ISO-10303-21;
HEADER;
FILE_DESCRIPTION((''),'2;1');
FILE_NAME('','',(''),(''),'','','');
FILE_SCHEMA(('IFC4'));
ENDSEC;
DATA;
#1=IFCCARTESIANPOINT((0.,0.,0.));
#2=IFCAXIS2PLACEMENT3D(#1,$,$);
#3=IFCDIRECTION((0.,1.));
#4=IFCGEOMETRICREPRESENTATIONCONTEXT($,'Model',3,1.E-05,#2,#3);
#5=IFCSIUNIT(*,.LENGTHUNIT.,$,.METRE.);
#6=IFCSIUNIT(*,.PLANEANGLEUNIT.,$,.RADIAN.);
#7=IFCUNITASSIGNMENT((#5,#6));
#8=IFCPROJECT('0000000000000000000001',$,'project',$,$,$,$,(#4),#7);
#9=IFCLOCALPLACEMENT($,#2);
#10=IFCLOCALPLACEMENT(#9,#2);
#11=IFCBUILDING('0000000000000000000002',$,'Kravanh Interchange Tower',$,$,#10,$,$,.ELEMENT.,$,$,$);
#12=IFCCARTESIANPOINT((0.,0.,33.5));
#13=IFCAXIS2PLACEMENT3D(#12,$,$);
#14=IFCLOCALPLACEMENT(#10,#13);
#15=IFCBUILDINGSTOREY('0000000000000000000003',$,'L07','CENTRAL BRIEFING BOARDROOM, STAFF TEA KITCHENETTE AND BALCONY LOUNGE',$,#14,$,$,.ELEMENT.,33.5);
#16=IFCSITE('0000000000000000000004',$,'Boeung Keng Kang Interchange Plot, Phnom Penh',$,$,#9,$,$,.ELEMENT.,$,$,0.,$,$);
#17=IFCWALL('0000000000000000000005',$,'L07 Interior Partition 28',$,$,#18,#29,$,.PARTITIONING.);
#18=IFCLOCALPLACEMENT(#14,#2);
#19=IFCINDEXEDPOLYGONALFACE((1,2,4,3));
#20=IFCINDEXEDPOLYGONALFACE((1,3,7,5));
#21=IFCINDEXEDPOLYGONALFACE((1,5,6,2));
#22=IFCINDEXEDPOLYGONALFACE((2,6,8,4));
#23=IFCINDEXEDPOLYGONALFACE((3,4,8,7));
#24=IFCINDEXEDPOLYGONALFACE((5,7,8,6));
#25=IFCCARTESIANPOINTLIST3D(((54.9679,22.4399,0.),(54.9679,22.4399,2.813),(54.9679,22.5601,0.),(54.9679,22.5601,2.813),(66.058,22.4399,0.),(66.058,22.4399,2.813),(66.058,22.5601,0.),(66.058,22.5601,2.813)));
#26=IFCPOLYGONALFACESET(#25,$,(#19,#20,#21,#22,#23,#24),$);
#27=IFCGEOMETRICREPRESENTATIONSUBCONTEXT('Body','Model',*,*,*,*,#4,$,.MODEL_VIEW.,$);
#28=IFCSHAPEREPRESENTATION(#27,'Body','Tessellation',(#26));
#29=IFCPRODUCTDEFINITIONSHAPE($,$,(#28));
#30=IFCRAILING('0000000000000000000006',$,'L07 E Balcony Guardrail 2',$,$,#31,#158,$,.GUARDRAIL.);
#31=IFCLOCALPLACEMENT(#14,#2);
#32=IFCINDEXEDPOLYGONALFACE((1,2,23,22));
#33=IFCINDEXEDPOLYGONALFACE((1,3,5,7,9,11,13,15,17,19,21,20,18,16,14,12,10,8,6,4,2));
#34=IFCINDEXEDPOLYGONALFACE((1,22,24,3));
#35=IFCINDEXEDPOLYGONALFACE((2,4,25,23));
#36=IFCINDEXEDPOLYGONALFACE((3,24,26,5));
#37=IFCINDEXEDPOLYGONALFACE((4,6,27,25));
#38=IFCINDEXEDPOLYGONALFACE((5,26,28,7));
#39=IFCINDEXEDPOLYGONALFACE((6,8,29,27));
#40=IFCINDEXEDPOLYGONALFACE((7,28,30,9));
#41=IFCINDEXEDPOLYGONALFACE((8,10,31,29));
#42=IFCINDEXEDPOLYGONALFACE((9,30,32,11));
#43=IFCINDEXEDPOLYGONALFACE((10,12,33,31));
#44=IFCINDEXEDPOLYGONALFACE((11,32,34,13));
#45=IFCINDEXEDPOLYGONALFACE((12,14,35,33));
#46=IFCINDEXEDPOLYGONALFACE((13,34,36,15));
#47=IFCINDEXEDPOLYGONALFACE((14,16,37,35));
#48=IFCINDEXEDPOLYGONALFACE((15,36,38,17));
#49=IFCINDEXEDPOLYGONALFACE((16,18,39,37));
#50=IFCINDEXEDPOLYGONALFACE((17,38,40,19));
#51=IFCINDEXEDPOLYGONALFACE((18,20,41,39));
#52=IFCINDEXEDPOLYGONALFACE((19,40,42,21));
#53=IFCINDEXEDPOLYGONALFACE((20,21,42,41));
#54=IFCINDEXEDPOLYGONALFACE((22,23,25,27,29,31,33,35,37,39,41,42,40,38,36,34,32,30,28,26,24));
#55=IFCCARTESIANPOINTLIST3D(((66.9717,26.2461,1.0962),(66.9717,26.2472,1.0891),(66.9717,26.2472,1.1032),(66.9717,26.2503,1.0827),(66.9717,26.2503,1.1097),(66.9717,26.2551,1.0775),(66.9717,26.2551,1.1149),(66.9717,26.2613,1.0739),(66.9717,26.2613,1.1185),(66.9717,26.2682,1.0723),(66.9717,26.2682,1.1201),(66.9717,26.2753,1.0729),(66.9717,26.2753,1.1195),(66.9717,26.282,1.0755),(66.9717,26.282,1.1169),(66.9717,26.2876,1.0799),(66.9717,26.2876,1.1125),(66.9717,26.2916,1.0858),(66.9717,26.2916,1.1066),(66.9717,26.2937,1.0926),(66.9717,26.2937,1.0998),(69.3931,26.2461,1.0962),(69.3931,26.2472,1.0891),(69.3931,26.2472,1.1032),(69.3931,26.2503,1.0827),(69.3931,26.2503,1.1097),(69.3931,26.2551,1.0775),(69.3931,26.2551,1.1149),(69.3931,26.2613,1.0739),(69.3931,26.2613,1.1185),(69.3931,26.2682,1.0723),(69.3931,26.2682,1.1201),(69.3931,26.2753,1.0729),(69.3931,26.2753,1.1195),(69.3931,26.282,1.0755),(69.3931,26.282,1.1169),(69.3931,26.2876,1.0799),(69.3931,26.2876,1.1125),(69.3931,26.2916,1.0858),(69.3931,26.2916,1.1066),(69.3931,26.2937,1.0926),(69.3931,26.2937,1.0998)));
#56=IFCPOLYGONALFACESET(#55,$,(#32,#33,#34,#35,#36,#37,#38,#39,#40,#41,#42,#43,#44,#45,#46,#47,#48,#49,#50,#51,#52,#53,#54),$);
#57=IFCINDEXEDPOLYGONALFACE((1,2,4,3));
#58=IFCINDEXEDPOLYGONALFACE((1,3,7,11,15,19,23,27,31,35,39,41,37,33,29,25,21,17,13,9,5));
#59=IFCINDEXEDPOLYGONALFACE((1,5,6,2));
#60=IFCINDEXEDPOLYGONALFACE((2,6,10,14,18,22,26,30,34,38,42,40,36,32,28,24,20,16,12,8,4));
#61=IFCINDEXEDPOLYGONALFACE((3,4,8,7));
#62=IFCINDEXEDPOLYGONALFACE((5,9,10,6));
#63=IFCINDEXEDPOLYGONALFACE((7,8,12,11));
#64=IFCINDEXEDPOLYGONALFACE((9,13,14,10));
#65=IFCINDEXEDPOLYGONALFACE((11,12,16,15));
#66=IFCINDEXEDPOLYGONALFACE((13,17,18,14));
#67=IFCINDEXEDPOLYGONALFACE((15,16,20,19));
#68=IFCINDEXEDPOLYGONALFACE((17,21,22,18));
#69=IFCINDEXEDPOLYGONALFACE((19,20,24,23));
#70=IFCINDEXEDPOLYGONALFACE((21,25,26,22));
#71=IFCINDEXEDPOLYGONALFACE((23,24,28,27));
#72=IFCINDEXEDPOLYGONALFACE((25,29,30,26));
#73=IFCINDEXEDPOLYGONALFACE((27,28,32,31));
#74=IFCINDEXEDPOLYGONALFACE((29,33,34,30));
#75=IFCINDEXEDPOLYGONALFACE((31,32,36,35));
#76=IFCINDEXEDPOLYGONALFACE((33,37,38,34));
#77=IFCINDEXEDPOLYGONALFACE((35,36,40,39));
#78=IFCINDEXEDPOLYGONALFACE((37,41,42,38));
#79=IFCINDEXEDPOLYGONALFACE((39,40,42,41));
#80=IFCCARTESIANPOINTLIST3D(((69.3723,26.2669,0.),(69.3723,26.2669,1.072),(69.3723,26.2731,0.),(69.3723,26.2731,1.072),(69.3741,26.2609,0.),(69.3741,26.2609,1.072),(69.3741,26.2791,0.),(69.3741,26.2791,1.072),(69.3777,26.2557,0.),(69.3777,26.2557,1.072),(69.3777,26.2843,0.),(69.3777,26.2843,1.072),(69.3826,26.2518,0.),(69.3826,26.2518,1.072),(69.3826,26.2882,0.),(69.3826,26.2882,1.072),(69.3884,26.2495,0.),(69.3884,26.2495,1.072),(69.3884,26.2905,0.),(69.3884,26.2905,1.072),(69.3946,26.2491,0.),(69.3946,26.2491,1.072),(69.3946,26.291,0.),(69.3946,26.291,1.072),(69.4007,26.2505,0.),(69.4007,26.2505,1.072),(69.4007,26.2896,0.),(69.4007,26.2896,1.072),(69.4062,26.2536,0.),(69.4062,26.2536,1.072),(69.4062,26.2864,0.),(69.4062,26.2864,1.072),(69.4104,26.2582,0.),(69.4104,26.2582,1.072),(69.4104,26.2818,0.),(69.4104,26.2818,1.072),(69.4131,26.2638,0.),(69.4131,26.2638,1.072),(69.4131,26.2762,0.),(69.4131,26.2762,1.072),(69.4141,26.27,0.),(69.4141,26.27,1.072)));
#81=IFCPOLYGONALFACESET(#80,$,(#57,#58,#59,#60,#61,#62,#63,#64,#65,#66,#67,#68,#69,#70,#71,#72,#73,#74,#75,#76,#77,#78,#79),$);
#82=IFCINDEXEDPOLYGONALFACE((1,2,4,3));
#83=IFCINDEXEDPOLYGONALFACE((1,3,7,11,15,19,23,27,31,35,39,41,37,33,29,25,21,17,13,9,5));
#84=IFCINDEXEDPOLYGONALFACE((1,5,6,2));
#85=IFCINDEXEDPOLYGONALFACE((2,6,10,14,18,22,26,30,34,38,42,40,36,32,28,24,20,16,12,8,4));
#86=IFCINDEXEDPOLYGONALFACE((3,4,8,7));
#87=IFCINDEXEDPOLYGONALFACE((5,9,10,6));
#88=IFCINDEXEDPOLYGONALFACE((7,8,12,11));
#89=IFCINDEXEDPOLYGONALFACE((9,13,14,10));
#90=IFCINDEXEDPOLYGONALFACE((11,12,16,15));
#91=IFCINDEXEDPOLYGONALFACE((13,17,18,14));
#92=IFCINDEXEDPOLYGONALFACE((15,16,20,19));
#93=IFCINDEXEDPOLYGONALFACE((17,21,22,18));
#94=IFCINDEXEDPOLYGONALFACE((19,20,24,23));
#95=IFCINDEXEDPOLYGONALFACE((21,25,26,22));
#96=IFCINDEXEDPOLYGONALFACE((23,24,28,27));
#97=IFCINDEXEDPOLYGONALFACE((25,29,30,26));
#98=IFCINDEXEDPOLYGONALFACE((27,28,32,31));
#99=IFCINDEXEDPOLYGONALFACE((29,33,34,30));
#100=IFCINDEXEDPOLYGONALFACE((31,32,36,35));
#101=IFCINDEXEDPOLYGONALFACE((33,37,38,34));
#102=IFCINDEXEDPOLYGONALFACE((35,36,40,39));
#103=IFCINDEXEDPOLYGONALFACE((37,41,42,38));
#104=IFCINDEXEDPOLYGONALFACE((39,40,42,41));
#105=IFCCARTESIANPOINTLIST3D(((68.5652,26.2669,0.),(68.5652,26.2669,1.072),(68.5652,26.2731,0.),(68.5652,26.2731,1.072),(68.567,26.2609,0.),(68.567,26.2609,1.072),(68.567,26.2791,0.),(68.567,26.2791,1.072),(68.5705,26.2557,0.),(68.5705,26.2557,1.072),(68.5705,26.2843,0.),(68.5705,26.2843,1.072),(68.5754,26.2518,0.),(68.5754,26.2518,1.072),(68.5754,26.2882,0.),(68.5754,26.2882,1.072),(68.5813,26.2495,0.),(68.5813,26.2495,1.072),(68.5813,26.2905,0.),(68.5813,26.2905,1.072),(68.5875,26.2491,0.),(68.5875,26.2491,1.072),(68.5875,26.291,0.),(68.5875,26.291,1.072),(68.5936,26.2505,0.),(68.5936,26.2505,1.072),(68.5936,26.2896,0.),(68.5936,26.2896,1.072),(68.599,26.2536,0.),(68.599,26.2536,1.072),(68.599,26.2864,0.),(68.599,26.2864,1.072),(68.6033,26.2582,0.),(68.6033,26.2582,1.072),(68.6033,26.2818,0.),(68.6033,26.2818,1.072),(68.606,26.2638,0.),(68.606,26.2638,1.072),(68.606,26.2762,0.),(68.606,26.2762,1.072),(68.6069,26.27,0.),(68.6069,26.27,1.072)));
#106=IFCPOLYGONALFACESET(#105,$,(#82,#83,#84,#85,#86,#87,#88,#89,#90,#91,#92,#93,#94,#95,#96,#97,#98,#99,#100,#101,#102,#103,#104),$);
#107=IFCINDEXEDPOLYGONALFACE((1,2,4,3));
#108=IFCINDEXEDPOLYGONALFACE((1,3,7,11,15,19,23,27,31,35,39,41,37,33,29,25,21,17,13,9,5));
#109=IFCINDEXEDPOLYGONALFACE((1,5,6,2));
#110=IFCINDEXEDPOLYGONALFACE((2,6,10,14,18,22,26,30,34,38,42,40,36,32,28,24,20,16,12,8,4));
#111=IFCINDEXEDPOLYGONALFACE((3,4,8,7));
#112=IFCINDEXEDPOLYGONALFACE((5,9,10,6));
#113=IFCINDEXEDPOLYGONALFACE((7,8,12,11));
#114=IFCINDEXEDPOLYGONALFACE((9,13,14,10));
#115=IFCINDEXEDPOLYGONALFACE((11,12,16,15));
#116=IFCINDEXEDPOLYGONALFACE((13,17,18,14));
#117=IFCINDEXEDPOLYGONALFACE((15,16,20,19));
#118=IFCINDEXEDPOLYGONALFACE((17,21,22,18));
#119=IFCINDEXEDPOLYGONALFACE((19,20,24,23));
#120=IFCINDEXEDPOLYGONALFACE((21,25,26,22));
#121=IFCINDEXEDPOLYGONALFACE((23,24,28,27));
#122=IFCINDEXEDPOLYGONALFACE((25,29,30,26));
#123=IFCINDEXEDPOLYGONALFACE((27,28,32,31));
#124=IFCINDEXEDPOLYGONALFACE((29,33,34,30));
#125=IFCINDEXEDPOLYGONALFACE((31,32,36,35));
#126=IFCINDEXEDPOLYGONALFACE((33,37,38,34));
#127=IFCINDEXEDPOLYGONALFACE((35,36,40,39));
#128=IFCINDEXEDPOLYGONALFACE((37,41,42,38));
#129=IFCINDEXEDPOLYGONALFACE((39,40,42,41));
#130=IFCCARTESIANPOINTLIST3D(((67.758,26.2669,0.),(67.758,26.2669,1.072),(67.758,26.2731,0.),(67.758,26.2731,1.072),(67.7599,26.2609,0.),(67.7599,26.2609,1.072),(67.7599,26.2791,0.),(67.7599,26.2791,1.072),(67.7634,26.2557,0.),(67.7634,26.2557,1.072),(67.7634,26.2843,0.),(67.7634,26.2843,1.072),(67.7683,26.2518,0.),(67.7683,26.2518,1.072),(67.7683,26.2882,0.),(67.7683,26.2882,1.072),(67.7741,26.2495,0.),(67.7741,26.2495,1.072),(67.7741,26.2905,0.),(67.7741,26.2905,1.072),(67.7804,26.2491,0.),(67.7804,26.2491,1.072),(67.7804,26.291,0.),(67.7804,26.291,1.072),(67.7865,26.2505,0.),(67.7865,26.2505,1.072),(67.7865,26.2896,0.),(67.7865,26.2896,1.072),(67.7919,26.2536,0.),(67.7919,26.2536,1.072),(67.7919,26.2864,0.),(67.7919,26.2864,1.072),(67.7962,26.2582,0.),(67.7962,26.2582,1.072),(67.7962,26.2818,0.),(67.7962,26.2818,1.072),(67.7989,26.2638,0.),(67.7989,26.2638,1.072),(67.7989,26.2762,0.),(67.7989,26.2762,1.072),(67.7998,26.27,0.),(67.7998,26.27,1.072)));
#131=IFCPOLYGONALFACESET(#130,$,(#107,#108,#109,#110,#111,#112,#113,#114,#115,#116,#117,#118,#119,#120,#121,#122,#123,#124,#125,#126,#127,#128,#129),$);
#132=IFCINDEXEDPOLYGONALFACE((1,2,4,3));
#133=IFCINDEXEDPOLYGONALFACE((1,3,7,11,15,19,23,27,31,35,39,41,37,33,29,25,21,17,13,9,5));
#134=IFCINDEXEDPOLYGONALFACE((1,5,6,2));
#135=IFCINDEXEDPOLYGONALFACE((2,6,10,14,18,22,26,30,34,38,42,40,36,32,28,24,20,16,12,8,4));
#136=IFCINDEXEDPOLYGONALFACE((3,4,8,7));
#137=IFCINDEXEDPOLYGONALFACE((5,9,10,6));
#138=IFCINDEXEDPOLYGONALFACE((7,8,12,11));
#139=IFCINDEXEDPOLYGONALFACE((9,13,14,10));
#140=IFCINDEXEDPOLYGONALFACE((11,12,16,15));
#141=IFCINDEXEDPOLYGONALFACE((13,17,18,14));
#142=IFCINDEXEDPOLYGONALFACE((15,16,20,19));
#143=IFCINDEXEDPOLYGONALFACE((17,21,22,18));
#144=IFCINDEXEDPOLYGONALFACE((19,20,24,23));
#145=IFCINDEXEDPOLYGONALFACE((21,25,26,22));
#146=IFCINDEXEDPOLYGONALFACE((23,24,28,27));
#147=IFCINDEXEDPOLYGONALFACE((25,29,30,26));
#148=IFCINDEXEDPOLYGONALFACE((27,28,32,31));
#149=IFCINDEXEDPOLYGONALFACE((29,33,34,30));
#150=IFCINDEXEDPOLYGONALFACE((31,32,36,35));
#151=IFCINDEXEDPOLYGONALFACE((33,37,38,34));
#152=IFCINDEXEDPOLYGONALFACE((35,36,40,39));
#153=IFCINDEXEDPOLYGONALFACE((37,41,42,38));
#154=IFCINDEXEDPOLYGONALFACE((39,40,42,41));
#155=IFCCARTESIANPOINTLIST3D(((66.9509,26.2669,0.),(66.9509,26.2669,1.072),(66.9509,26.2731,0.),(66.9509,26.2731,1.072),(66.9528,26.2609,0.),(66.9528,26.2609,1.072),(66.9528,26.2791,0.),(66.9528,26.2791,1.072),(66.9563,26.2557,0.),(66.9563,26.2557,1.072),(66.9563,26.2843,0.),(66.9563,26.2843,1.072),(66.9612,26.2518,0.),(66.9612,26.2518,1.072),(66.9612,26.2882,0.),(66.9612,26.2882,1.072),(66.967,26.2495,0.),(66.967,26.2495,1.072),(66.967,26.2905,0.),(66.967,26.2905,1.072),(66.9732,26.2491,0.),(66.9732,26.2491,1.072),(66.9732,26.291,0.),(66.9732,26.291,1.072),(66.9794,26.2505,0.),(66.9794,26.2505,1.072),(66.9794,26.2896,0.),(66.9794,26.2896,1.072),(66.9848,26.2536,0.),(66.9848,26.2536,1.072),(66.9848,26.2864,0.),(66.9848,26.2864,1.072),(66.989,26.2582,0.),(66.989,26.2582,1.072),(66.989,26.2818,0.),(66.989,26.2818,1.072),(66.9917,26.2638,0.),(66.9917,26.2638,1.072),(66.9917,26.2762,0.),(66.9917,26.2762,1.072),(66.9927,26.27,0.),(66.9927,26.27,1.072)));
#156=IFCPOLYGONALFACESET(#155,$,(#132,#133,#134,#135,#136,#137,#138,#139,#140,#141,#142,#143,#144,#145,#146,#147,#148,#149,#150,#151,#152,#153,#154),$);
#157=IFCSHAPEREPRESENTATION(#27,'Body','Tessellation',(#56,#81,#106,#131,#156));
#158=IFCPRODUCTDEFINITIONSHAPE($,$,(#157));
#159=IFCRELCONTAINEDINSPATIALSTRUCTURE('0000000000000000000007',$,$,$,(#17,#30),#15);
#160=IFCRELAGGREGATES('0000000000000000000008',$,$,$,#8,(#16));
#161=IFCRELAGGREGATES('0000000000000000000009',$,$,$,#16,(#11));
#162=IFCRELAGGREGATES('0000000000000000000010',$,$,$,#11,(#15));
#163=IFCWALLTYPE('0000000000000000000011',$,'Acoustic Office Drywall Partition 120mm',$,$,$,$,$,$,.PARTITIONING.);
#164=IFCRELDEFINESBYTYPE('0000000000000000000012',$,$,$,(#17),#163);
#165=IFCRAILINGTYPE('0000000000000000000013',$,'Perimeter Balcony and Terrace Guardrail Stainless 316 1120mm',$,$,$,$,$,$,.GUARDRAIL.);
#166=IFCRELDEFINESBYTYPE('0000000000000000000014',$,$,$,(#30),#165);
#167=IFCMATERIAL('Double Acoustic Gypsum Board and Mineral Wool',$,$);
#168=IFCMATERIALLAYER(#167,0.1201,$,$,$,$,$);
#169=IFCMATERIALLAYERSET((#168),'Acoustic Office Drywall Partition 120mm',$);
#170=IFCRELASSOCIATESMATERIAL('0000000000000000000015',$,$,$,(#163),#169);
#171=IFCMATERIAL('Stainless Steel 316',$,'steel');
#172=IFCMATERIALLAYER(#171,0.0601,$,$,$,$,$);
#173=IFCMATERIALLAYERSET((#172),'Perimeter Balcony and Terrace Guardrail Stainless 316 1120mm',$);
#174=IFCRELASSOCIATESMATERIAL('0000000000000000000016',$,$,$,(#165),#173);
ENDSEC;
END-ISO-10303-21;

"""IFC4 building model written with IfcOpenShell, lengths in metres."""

from ifc_helpers import new_model, si_unit, direction, frame, frame_2d, origin, origin_2d, place, context, subcontext, project, spatial, rectangle, circle, extrude, material, layer, layer_set, type_object, element, save


model = new_model("IFC4")

# Units and contexts
model_context = context("Model", 3, precision=1e-05, world=origin(), true_north=direction((0.0, 1.0)))
body_context = subcontext(model_context, "Body", "Model", "MODEL_VIEW")
ifc_project = project(units=[si_unit("LENGTHUNIT", "METRE"), si_unit("PLANEANGLEUNIT", "RADIAN")], contexts=[model_context])

# Site, building, storey
site_placement = place(None, origin())
site = spatial("IfcSite", under=ifc_project, at=site_placement, Name="Boeung Keng Kang Interchange Plot, Phnom Penh", CompositionType="ELEMENT", RefElevation=0.0)
building_placement = place(site_placement, origin())
building = spatial("IfcBuilding", under=site, at=building_placement, Name="Kravanh Interchange Tower", CompositionType="ELEMENT")
storey_placement = place(building_placement, frame((0.0, 0.0, 33.5)))
storey = spatial("IfcBuildingStorey", under=building, at=storey_placement, Name="L07", Description="CENTRAL BRIEFING BOARDROOM, STAFF TEA KITCHENETTE AND BALCONY LOUNGE", CompositionType="ELEMENT", Elevation=33.5)

# Shared definitions
ifc_material_1 = material(Name="Double Acoustic Gypsum Board and Mineral Wool")
ifc_layer_1 = layer(ifc_material_1, 0.1201)
ifc_layer_set_1 = layer_set([ifc_layer_1], Name="Acoustic Office Drywall Partition 120mm")
wall_type = type_object("IfcWallType", Name="Acoustic Office Drywall Partition 120mm", PredefinedType="PARTITIONING", material=ifc_layer_set_1)

# Wall
wall_1_placement = place(storey_placement, frame((54.968, 22.5, 0.0), z_axis=(0.0, 0.0, 1.0), x_axis=(1.0, 0.0, 0.0)))
element("IfcWall", 1, at=wall_1_placement, inside=storey, type_object=wall_type, Name="L07 Interior Partition 28", PredefinedType="PARTITIONING", context=body_context, shape_type="SweptSolid", body=[
    extrude(rectangle(XDim=11.0901, YDim=0.1201, at=frame_2d((5.5449, 0.0))), origin(), (0.0, 0.0, 1.0), 2.813),
])

# Railing
ifc_material_2 = material(Name="Stainless Steel 316", Category="steel")
ifc_layer_2 = layer(ifc_material_2, 0.0601)
ifc_layer_set_2 = layer_set([ifc_layer_2], Name="Perimeter Balcony and Terrace Guardrail Stainless 316 1120mm")
railing_type = type_object("IfcRailingType", Name="Perimeter Balcony and Terrace Guardrail Stainless 316 1120mm", PredefinedType="GUARDRAIL", material=ifc_layer_set_2)
railing_placement = place(storey_placement, frame((69.3931, 26.27, 0.0)))
element("IfcRailing", 2, at=railing_placement, inside=storey, type_object=railing_type, Name="L07 E Balcony Guardrail 2", PredefinedType="GUARDRAIL", context=body_context, shape_type="SweptSolid", body=[
    extrude(circle(Radius=0.0239, at=origin_2d()), frame((0.0, 0.0, 1.0962), z_axis=(-1.0, 0.0, 0.0), x_axis=(0.0, -1.0, 0.0)), (0.0, 0.0, 1.0), 2.4214),
    extrude(circle(Radius=0.021, at=origin_2d()), origin(), (0.0, 0.0, 1.0), 1.072),
    extrude(circle(Radius=0.021, at=origin_2d()), frame((-0.8071, 0.0, 0.0)), (0.0, 0.0, 1.0), 1.072),
    extrude(circle(Radius=0.021, at=origin_2d()), frame((-1.6143, 0.0, 0.0)), (0.0, 0.0, 1.0), 1.072),
    extrude(circle(Radius=0.021, at=origin_2d()), frame((-2.4214, 0.0, 0.0)), (0.0, 0.0, 1.0), 1.072),
])

save(model, "model.ifc")
